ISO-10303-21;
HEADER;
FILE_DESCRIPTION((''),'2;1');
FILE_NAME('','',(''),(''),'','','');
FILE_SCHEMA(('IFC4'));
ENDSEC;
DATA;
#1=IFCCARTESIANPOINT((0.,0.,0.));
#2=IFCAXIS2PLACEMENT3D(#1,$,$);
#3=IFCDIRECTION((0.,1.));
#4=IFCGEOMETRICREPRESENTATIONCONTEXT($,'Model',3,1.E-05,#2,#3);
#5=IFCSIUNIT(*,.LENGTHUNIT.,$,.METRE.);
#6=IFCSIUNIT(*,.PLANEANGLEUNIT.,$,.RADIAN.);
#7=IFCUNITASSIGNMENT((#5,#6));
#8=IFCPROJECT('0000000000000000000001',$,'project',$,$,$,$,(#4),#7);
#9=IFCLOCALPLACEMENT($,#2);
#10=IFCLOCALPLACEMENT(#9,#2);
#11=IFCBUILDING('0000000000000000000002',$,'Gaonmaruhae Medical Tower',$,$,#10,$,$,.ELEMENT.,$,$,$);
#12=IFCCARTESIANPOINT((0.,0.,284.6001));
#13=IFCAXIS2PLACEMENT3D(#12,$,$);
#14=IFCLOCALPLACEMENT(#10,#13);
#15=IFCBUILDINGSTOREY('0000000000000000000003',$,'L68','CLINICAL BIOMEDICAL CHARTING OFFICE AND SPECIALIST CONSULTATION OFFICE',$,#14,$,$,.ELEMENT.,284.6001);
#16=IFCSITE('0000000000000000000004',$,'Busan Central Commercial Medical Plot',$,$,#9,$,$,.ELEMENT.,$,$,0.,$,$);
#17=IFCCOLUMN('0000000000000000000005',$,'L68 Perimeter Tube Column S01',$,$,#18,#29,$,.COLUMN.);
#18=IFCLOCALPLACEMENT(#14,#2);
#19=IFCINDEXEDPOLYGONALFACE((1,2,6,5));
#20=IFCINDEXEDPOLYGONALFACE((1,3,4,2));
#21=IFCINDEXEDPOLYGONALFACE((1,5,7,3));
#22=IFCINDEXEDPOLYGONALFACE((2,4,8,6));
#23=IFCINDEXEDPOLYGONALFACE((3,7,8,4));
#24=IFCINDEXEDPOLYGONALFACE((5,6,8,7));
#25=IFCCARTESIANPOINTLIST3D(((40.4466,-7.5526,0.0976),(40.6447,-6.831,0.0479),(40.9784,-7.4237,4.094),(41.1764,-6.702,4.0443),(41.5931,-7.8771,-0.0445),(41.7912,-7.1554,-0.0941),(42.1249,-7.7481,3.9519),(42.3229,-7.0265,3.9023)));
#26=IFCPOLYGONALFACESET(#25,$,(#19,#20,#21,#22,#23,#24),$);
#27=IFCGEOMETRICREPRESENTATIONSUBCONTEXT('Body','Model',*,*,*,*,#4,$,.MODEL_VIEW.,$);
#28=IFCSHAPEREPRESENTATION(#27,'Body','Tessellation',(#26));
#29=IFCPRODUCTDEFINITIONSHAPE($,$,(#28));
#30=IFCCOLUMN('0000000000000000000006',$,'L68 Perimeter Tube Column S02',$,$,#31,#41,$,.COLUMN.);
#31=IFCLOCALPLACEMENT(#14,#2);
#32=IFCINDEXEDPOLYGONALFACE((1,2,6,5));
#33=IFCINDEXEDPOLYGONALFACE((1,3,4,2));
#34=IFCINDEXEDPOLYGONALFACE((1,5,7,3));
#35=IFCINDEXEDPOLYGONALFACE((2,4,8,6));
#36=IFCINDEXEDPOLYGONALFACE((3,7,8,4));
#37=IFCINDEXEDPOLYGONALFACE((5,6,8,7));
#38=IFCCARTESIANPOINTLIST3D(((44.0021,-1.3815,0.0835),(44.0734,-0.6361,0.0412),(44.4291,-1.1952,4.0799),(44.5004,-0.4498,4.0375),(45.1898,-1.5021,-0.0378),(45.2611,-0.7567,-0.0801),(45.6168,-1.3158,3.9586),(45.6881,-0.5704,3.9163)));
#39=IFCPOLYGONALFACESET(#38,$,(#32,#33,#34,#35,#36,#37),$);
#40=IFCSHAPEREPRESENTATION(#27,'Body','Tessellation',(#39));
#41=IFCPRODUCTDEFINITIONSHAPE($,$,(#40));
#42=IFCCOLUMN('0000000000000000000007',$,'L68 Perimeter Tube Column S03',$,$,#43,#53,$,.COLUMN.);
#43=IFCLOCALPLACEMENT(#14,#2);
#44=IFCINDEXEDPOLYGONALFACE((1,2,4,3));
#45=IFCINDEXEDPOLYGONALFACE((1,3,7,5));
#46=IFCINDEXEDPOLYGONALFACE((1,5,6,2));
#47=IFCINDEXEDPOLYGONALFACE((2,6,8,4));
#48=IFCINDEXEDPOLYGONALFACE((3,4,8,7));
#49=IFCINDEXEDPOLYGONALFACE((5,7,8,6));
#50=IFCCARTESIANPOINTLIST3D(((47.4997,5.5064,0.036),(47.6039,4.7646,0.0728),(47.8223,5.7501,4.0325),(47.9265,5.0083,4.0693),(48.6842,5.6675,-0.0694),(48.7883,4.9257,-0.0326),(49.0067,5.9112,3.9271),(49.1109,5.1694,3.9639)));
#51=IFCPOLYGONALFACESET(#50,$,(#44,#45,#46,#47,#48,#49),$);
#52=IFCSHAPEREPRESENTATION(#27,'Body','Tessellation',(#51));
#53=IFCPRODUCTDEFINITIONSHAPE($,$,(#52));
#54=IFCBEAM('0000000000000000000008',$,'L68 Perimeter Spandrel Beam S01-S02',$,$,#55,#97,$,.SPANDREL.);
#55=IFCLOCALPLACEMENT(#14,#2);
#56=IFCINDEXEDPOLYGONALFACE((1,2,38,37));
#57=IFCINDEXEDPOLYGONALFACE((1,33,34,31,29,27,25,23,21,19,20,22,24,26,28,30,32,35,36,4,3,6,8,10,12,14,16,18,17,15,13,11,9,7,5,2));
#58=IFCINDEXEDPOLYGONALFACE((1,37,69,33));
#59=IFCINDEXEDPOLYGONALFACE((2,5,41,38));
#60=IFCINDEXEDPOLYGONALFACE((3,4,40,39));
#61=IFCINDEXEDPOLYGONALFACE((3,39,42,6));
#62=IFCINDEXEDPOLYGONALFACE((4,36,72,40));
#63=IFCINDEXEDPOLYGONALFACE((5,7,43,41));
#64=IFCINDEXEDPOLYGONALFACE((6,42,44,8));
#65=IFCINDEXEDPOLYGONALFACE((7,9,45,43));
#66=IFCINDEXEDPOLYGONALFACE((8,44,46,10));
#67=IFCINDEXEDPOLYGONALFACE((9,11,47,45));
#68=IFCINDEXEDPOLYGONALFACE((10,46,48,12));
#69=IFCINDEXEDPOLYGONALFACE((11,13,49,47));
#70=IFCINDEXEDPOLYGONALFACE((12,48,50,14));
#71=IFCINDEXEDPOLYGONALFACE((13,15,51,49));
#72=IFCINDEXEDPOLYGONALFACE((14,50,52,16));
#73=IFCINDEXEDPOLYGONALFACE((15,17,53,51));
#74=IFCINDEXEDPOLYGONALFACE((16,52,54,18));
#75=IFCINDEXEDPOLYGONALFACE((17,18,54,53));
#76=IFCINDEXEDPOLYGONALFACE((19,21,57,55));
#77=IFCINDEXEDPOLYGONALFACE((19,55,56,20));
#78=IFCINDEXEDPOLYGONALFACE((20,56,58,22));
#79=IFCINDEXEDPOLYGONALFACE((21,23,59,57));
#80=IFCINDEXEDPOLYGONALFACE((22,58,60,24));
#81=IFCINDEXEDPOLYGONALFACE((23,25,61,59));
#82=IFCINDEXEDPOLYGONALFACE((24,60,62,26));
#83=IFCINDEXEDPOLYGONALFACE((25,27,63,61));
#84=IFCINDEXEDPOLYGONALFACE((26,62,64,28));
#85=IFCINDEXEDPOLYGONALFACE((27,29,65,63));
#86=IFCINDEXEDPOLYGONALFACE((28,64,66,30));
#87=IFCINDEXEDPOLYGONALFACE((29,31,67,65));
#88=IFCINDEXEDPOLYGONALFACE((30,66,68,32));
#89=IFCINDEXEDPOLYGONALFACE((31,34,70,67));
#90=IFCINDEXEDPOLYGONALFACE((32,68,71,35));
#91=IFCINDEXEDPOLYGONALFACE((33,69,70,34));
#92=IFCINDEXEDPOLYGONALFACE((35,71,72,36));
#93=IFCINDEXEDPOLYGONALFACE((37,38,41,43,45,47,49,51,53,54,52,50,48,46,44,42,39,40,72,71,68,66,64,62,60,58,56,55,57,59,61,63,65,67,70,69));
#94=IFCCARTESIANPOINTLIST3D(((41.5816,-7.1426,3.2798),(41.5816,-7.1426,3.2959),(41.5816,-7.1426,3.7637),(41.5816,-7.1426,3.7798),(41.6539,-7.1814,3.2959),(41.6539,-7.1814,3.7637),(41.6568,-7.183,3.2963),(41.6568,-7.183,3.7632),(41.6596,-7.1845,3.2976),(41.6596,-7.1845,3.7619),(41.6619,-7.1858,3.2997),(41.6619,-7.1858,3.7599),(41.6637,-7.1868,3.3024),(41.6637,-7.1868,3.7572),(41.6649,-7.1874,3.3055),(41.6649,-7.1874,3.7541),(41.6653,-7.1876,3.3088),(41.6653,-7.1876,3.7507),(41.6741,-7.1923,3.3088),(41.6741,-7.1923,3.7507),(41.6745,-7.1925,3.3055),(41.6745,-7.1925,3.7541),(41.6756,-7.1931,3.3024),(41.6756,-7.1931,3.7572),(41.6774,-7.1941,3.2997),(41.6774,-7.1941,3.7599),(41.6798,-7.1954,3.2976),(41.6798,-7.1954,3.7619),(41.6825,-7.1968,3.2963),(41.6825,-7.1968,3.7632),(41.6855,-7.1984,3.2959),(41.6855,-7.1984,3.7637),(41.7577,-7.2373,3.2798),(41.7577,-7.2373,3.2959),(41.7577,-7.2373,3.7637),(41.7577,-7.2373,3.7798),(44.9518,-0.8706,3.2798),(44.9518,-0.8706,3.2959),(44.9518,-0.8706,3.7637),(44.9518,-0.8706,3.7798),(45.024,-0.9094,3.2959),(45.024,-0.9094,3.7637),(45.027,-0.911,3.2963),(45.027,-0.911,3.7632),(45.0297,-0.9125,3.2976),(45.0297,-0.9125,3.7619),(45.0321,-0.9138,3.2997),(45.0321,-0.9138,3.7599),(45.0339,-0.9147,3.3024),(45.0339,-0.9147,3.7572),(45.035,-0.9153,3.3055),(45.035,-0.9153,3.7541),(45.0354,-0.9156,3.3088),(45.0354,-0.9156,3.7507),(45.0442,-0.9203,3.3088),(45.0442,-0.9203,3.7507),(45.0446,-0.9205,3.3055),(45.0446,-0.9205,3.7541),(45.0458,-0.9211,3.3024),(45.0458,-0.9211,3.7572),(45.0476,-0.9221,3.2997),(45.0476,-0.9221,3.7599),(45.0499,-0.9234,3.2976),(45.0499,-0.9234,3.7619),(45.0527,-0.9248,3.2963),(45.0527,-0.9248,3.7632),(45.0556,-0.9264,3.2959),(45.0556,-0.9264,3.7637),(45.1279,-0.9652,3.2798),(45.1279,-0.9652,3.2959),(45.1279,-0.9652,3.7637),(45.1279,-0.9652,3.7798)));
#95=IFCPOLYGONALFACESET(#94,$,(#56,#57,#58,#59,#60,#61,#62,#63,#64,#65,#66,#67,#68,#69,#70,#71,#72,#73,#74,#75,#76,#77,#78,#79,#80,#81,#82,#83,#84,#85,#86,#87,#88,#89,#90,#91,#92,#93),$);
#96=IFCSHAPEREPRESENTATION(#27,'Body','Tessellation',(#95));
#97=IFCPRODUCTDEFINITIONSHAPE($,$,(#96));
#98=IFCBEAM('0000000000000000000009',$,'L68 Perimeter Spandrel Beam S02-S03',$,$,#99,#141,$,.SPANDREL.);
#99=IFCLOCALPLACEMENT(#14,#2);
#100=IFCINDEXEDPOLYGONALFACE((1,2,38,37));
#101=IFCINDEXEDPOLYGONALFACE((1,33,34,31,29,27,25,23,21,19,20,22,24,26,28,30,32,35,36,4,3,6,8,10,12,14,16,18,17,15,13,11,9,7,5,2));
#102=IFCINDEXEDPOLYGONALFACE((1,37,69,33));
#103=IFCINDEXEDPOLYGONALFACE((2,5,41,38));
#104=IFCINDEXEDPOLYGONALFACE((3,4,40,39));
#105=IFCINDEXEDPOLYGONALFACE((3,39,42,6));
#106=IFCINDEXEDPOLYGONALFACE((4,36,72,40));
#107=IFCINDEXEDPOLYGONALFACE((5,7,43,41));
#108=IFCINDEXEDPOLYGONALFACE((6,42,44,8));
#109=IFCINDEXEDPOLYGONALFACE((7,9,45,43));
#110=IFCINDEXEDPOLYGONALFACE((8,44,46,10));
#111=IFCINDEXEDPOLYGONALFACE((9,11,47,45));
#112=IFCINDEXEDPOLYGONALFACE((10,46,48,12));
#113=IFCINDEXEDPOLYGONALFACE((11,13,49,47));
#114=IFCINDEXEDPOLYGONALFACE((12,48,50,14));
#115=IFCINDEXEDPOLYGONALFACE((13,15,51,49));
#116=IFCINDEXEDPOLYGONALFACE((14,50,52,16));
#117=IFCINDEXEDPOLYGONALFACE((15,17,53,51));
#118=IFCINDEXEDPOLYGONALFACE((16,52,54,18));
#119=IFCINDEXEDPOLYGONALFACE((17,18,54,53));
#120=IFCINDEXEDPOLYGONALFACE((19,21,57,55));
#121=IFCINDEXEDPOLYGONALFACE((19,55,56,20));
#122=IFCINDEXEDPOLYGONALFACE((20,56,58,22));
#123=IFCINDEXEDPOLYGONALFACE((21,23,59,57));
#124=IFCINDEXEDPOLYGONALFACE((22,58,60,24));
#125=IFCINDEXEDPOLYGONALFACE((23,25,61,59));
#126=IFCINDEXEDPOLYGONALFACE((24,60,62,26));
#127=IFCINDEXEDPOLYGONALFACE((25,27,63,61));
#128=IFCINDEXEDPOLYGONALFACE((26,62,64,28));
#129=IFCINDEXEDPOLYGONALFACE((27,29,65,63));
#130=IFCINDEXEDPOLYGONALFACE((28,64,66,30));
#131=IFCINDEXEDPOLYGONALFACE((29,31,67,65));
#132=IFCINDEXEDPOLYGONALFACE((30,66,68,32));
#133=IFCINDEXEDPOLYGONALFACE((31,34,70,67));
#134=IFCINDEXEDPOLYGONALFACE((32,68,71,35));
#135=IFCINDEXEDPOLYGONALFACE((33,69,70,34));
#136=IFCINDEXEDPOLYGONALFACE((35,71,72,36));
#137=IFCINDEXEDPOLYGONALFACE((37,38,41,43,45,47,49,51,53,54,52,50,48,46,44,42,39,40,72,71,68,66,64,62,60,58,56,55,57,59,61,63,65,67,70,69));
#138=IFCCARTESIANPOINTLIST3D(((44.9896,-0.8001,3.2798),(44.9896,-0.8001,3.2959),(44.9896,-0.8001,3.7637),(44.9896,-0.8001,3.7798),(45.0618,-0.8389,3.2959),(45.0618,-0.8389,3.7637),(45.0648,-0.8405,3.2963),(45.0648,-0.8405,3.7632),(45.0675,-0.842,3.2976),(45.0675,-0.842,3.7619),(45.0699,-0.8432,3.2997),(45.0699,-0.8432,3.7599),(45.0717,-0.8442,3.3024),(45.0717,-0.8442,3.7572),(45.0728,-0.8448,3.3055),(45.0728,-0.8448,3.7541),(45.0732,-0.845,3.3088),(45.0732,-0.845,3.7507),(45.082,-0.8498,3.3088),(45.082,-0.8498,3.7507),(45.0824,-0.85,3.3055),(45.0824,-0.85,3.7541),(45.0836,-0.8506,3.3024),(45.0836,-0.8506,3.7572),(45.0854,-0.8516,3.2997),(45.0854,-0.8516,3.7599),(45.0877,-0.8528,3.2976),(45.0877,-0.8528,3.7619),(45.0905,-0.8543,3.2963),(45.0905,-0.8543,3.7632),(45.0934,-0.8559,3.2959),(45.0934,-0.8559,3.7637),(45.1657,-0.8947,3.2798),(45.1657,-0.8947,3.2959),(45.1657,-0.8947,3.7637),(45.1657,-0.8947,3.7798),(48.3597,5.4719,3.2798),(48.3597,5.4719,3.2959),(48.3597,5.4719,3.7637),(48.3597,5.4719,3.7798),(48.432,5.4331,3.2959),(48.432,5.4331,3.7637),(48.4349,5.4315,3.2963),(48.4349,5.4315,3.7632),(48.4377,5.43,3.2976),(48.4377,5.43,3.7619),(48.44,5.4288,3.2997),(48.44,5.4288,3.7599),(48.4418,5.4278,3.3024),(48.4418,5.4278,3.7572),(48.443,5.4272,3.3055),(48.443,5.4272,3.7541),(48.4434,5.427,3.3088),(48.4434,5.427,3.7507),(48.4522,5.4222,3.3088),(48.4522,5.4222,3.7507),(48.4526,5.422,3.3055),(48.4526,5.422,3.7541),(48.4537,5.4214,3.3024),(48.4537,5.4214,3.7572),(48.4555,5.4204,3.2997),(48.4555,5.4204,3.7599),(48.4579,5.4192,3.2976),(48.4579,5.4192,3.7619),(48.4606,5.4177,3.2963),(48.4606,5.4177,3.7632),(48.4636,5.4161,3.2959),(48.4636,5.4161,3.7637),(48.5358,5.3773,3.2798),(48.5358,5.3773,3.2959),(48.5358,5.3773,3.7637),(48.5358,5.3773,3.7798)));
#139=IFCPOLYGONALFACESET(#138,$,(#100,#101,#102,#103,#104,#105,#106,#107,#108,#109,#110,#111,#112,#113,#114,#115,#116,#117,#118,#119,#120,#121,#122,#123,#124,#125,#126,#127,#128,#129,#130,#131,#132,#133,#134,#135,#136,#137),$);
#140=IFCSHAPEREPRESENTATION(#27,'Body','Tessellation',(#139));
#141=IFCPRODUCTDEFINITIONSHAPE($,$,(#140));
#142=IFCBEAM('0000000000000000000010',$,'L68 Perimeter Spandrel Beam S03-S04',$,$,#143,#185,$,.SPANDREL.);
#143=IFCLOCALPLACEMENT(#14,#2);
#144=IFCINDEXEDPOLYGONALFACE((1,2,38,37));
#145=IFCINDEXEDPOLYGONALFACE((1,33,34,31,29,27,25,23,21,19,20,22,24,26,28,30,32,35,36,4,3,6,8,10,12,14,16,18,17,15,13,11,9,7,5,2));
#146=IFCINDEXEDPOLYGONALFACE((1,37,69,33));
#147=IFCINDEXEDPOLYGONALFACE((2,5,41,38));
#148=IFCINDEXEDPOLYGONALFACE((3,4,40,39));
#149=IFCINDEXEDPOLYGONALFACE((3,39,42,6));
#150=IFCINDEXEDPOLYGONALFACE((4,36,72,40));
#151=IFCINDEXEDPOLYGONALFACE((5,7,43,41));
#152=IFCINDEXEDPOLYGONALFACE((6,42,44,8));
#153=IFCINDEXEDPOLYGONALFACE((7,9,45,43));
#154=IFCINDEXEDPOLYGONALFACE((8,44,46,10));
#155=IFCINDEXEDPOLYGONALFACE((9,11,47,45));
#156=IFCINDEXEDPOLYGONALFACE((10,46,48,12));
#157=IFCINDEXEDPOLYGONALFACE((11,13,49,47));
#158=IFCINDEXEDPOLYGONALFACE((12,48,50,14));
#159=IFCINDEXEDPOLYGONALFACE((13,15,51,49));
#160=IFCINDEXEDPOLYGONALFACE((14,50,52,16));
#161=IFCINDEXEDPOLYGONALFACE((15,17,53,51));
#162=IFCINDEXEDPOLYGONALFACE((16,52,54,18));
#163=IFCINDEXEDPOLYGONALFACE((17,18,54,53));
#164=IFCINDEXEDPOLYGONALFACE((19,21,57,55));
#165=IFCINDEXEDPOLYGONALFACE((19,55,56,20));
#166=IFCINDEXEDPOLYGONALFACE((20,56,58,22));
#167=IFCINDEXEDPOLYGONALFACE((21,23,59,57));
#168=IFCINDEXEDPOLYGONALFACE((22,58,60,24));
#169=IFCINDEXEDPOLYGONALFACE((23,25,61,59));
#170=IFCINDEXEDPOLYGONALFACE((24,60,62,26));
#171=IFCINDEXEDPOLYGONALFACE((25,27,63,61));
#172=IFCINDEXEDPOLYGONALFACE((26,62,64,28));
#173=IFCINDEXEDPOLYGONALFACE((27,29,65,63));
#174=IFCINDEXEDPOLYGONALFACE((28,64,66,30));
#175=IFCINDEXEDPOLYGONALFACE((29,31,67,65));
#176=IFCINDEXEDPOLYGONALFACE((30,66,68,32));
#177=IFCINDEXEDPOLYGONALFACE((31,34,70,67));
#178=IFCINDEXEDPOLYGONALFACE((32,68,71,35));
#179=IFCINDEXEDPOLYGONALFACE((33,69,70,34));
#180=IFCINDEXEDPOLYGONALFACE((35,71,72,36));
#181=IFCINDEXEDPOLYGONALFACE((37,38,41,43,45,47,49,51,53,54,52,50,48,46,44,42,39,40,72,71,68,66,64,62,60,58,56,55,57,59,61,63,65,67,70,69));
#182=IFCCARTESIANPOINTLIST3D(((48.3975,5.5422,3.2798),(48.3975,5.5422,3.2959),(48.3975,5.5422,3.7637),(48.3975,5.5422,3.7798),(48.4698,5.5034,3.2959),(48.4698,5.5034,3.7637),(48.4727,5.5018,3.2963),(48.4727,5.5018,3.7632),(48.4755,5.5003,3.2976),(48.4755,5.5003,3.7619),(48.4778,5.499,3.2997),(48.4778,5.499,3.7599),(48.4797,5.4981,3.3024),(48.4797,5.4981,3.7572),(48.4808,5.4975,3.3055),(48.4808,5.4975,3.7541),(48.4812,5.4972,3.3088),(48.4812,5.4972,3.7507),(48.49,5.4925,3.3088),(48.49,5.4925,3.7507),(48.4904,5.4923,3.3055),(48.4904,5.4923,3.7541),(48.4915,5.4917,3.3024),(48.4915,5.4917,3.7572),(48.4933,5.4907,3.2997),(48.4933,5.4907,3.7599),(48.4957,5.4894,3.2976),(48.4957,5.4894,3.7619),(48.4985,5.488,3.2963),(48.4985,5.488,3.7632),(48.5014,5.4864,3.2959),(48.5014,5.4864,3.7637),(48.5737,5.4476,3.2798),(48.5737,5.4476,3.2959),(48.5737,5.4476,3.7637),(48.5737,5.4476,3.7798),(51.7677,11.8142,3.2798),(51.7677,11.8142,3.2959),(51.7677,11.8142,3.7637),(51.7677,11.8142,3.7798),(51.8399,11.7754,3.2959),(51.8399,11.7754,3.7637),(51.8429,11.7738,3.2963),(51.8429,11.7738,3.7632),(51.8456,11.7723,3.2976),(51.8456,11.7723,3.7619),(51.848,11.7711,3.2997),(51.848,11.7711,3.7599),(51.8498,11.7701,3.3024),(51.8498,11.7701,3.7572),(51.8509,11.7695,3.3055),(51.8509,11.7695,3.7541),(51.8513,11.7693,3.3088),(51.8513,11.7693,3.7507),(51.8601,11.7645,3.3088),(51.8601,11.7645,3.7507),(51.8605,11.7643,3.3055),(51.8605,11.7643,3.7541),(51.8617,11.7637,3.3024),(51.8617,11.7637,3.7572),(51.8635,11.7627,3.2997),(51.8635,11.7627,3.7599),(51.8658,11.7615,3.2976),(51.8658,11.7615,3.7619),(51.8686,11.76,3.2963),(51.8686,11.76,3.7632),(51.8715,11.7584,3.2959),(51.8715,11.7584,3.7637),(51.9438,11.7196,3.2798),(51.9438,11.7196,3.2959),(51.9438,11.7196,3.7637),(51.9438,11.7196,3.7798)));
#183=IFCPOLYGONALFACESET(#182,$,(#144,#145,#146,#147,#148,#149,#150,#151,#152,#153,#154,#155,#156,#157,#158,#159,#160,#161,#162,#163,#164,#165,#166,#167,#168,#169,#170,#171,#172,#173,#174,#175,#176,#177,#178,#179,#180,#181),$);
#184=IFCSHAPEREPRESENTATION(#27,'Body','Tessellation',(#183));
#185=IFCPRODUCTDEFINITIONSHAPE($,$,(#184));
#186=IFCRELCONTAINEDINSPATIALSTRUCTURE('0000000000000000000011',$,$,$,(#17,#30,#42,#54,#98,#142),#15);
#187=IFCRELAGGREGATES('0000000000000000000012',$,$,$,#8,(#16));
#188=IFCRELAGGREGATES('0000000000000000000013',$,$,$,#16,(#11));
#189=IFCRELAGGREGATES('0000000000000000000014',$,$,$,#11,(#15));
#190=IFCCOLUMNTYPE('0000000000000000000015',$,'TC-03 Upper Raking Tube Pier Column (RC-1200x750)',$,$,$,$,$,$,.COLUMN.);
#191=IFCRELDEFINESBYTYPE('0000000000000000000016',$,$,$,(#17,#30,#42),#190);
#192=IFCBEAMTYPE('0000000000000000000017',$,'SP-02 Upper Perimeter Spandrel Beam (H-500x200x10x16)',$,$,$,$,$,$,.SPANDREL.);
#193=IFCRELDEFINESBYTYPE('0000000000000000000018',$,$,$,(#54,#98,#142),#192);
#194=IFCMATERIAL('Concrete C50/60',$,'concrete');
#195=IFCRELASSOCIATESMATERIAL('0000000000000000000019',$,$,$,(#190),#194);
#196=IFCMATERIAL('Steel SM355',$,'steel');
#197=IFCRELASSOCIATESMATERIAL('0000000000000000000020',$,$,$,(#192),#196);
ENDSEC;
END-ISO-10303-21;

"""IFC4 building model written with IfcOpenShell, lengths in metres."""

from ifc_helpers import new_model, si_unit, direction, frame, origin, origin_2d, place, context, subcontext, project, spatial, rectangle, i_section, extrude, material, material_profile, profile_set, type_object, element, save


model = new_model("IFC4")

# Units and contexts
model_context = context("Model", 3, precision=1e-05, world=origin(), true_north=direction((0.0, 1.0)))
body_context = subcontext(model_context, "Body", "Model", "MODEL_VIEW")
ifc_project = project(units=[si_unit("LENGTHUNIT", "METRE"), si_unit("PLANEANGLEUNIT", "RADIAN")], contexts=[model_context])

# Site, building, storey
site_placement = place(None, origin())
site = spatial("IfcSite", under=ifc_project, at=site_placement, Name="Busan Central Commercial Medical Plot", CompositionType="ELEMENT", RefElevation=0.0)
building_placement = place(site_placement, origin())
building = spatial("IfcBuilding", under=site, at=building_placement, Name="Gaonmaruhae Medical Tower", CompositionType="ELEMENT")
storey_placement = place(building_placement, frame((0.0, 0.0, 284.6001)))
storey = spatial("IfcBuildingStorey", under=building, at=storey_placement, Name="L68", Description="CLINICAL BIOMEDICAL CHARTING OFFICE AND SPECIALIST CONSULTATION OFFICE", CompositionType="ELEMENT", Elevation=284.6001)

# Columns
ifc_material_1 = material(Name="Concrete C50/60", Category="concrete")
ifc_material_profile_1 = material_profile(ifc_material_1, rectangle(XDim=1.2, YDim=0.75, at=origin_2d()), Name="RC-1200x750")
ifc_profile_set_1 = profile_set([ifc_material_profile_1], Name="Concrete C50/60")
column_type = type_object("IfcColumnType", Name="TC-03 Upper Raking Tube Pier Column (RC-1200x750)", PredefinedType="COLUMN", material=ifc_profile_set_1)
column_1_placement = place(storey_placement, frame((41.1189, -7.354, 0.0017), z_axis=(0.131827, 0.031958, 0.990758), x_axis=(-0.955448, 0.270367, 0.118408)))
element("IfcColumn", 1, at=column_1_placement, inside=storey, type_object=column_type, Name="L68 Perimeter Tube Column S01", PredefinedType="COLUMN", context=body_context, shape_type="SweptSolid", body=[
    extrude(rectangle(XDim=1.2, YDim=0.75, at=origin_2d()), origin(), (0.0, 0.0, 1.0), 4.0337),
])
column_2_placement = place(storey_placement, frame((44.6316, -1.0691, 0.0017), z_axis=(0.10613, 0.046299, 0.993274), x_axis=(-0.989793, 0.100466, 0.101075)))
element("IfcColumn", 2, at=column_2_placement, inside=storey, type_object=column_type, Name="L68 Perimeter Tube Column S02", PredefinedType="COLUMN", context=body_context, shape_type="SweptSolid", body=[
    extrude(rectangle(XDim=1.2, YDim=0.75, at=origin_2d()), origin(), (0.0, 0.0, 1.0), 4.0234),
])
column_3_placement = place(storey_placement, frame((48.144, 5.2161, 0.0017), z_axis=(0.080292, 0.060659, 0.994924), x_axis=(-0.987044, -0.134266, 0.087842)))
element("IfcColumn", 3, at=column_3_placement, inside=storey, type_object=column_type, Name="L68 Perimeter Tube Column S03", PredefinedType="COLUMN", context=body_context, shape_type="SweptSolid", body=[
    extrude(rectangle(XDim=1.2, YDim=0.75, at=origin_2d()), origin(), (0.0, 0.0, 1.0), 4.0168),
])

# Beams
ifc_material_2 = material(Name="Steel SM355", Category="steel")
ifc_material_profile_2 = material_profile(ifc_material_2, i_section(OverallWidth=0.2, OverallDepth=0.5, WebThickness=0.01, FlangeThickness=0.0161, FilletRadius=0.0129, at=origin_2d()), Name="H-500x200x10x16")
ifc_profile_set_2 = profile_set([ifc_material_profile_2], Name="Steel SM355")
beam_type_1 = type_object("IfcBeamType", Name="SP-02 Upper Perimeter Spandrel Beam (H-500x200x10x16)", PredefinedType="SPANDREL", material=ifc_profile_set_2)
for number, where, z_axis, x_axis, name in (
    (4, (41.6697, -7.1899, 3.5298), (0.473327, 0.880887, 0.0), (-0.880887, 0.473327, 0.0), "L68 Perimeter Spandrel Beam S01-S02"),
    (5, (45.0776, -0.8474, 3.5298), (0.473327, 0.880887, 0.0), (-0.880887, 0.473327, 0.0), "L68 Perimeter Spandrel Beam S02-S03"),
    (6, (48.4856, 5.4949, 3.5298), (0.473327, 0.880887, 0.0), (-0.880887, 0.473327, 0.0), "L68 Perimeter Spandrel Beam S03-S04"),
):
    element("IfcBeam", number, at=place(storey_placement, frame(where, z_axis=z_axis, x_axis=x_axis)), inside=storey, type_object=beam_type_1, Name=name, PredefinedType="SPANDREL", context=body_context, shape_type="SweptSolid", body=[
        extrude(i_section(OverallWidth=0.2, OverallDepth=0.5, WebThickness=0.01, FlangeThickness=0.0161, FilletRadius=0.0129, at=origin_2d()), origin(), (0.0, 0.0, 1.0), 7.1201),
    ])

save(model, "model.ifc")
